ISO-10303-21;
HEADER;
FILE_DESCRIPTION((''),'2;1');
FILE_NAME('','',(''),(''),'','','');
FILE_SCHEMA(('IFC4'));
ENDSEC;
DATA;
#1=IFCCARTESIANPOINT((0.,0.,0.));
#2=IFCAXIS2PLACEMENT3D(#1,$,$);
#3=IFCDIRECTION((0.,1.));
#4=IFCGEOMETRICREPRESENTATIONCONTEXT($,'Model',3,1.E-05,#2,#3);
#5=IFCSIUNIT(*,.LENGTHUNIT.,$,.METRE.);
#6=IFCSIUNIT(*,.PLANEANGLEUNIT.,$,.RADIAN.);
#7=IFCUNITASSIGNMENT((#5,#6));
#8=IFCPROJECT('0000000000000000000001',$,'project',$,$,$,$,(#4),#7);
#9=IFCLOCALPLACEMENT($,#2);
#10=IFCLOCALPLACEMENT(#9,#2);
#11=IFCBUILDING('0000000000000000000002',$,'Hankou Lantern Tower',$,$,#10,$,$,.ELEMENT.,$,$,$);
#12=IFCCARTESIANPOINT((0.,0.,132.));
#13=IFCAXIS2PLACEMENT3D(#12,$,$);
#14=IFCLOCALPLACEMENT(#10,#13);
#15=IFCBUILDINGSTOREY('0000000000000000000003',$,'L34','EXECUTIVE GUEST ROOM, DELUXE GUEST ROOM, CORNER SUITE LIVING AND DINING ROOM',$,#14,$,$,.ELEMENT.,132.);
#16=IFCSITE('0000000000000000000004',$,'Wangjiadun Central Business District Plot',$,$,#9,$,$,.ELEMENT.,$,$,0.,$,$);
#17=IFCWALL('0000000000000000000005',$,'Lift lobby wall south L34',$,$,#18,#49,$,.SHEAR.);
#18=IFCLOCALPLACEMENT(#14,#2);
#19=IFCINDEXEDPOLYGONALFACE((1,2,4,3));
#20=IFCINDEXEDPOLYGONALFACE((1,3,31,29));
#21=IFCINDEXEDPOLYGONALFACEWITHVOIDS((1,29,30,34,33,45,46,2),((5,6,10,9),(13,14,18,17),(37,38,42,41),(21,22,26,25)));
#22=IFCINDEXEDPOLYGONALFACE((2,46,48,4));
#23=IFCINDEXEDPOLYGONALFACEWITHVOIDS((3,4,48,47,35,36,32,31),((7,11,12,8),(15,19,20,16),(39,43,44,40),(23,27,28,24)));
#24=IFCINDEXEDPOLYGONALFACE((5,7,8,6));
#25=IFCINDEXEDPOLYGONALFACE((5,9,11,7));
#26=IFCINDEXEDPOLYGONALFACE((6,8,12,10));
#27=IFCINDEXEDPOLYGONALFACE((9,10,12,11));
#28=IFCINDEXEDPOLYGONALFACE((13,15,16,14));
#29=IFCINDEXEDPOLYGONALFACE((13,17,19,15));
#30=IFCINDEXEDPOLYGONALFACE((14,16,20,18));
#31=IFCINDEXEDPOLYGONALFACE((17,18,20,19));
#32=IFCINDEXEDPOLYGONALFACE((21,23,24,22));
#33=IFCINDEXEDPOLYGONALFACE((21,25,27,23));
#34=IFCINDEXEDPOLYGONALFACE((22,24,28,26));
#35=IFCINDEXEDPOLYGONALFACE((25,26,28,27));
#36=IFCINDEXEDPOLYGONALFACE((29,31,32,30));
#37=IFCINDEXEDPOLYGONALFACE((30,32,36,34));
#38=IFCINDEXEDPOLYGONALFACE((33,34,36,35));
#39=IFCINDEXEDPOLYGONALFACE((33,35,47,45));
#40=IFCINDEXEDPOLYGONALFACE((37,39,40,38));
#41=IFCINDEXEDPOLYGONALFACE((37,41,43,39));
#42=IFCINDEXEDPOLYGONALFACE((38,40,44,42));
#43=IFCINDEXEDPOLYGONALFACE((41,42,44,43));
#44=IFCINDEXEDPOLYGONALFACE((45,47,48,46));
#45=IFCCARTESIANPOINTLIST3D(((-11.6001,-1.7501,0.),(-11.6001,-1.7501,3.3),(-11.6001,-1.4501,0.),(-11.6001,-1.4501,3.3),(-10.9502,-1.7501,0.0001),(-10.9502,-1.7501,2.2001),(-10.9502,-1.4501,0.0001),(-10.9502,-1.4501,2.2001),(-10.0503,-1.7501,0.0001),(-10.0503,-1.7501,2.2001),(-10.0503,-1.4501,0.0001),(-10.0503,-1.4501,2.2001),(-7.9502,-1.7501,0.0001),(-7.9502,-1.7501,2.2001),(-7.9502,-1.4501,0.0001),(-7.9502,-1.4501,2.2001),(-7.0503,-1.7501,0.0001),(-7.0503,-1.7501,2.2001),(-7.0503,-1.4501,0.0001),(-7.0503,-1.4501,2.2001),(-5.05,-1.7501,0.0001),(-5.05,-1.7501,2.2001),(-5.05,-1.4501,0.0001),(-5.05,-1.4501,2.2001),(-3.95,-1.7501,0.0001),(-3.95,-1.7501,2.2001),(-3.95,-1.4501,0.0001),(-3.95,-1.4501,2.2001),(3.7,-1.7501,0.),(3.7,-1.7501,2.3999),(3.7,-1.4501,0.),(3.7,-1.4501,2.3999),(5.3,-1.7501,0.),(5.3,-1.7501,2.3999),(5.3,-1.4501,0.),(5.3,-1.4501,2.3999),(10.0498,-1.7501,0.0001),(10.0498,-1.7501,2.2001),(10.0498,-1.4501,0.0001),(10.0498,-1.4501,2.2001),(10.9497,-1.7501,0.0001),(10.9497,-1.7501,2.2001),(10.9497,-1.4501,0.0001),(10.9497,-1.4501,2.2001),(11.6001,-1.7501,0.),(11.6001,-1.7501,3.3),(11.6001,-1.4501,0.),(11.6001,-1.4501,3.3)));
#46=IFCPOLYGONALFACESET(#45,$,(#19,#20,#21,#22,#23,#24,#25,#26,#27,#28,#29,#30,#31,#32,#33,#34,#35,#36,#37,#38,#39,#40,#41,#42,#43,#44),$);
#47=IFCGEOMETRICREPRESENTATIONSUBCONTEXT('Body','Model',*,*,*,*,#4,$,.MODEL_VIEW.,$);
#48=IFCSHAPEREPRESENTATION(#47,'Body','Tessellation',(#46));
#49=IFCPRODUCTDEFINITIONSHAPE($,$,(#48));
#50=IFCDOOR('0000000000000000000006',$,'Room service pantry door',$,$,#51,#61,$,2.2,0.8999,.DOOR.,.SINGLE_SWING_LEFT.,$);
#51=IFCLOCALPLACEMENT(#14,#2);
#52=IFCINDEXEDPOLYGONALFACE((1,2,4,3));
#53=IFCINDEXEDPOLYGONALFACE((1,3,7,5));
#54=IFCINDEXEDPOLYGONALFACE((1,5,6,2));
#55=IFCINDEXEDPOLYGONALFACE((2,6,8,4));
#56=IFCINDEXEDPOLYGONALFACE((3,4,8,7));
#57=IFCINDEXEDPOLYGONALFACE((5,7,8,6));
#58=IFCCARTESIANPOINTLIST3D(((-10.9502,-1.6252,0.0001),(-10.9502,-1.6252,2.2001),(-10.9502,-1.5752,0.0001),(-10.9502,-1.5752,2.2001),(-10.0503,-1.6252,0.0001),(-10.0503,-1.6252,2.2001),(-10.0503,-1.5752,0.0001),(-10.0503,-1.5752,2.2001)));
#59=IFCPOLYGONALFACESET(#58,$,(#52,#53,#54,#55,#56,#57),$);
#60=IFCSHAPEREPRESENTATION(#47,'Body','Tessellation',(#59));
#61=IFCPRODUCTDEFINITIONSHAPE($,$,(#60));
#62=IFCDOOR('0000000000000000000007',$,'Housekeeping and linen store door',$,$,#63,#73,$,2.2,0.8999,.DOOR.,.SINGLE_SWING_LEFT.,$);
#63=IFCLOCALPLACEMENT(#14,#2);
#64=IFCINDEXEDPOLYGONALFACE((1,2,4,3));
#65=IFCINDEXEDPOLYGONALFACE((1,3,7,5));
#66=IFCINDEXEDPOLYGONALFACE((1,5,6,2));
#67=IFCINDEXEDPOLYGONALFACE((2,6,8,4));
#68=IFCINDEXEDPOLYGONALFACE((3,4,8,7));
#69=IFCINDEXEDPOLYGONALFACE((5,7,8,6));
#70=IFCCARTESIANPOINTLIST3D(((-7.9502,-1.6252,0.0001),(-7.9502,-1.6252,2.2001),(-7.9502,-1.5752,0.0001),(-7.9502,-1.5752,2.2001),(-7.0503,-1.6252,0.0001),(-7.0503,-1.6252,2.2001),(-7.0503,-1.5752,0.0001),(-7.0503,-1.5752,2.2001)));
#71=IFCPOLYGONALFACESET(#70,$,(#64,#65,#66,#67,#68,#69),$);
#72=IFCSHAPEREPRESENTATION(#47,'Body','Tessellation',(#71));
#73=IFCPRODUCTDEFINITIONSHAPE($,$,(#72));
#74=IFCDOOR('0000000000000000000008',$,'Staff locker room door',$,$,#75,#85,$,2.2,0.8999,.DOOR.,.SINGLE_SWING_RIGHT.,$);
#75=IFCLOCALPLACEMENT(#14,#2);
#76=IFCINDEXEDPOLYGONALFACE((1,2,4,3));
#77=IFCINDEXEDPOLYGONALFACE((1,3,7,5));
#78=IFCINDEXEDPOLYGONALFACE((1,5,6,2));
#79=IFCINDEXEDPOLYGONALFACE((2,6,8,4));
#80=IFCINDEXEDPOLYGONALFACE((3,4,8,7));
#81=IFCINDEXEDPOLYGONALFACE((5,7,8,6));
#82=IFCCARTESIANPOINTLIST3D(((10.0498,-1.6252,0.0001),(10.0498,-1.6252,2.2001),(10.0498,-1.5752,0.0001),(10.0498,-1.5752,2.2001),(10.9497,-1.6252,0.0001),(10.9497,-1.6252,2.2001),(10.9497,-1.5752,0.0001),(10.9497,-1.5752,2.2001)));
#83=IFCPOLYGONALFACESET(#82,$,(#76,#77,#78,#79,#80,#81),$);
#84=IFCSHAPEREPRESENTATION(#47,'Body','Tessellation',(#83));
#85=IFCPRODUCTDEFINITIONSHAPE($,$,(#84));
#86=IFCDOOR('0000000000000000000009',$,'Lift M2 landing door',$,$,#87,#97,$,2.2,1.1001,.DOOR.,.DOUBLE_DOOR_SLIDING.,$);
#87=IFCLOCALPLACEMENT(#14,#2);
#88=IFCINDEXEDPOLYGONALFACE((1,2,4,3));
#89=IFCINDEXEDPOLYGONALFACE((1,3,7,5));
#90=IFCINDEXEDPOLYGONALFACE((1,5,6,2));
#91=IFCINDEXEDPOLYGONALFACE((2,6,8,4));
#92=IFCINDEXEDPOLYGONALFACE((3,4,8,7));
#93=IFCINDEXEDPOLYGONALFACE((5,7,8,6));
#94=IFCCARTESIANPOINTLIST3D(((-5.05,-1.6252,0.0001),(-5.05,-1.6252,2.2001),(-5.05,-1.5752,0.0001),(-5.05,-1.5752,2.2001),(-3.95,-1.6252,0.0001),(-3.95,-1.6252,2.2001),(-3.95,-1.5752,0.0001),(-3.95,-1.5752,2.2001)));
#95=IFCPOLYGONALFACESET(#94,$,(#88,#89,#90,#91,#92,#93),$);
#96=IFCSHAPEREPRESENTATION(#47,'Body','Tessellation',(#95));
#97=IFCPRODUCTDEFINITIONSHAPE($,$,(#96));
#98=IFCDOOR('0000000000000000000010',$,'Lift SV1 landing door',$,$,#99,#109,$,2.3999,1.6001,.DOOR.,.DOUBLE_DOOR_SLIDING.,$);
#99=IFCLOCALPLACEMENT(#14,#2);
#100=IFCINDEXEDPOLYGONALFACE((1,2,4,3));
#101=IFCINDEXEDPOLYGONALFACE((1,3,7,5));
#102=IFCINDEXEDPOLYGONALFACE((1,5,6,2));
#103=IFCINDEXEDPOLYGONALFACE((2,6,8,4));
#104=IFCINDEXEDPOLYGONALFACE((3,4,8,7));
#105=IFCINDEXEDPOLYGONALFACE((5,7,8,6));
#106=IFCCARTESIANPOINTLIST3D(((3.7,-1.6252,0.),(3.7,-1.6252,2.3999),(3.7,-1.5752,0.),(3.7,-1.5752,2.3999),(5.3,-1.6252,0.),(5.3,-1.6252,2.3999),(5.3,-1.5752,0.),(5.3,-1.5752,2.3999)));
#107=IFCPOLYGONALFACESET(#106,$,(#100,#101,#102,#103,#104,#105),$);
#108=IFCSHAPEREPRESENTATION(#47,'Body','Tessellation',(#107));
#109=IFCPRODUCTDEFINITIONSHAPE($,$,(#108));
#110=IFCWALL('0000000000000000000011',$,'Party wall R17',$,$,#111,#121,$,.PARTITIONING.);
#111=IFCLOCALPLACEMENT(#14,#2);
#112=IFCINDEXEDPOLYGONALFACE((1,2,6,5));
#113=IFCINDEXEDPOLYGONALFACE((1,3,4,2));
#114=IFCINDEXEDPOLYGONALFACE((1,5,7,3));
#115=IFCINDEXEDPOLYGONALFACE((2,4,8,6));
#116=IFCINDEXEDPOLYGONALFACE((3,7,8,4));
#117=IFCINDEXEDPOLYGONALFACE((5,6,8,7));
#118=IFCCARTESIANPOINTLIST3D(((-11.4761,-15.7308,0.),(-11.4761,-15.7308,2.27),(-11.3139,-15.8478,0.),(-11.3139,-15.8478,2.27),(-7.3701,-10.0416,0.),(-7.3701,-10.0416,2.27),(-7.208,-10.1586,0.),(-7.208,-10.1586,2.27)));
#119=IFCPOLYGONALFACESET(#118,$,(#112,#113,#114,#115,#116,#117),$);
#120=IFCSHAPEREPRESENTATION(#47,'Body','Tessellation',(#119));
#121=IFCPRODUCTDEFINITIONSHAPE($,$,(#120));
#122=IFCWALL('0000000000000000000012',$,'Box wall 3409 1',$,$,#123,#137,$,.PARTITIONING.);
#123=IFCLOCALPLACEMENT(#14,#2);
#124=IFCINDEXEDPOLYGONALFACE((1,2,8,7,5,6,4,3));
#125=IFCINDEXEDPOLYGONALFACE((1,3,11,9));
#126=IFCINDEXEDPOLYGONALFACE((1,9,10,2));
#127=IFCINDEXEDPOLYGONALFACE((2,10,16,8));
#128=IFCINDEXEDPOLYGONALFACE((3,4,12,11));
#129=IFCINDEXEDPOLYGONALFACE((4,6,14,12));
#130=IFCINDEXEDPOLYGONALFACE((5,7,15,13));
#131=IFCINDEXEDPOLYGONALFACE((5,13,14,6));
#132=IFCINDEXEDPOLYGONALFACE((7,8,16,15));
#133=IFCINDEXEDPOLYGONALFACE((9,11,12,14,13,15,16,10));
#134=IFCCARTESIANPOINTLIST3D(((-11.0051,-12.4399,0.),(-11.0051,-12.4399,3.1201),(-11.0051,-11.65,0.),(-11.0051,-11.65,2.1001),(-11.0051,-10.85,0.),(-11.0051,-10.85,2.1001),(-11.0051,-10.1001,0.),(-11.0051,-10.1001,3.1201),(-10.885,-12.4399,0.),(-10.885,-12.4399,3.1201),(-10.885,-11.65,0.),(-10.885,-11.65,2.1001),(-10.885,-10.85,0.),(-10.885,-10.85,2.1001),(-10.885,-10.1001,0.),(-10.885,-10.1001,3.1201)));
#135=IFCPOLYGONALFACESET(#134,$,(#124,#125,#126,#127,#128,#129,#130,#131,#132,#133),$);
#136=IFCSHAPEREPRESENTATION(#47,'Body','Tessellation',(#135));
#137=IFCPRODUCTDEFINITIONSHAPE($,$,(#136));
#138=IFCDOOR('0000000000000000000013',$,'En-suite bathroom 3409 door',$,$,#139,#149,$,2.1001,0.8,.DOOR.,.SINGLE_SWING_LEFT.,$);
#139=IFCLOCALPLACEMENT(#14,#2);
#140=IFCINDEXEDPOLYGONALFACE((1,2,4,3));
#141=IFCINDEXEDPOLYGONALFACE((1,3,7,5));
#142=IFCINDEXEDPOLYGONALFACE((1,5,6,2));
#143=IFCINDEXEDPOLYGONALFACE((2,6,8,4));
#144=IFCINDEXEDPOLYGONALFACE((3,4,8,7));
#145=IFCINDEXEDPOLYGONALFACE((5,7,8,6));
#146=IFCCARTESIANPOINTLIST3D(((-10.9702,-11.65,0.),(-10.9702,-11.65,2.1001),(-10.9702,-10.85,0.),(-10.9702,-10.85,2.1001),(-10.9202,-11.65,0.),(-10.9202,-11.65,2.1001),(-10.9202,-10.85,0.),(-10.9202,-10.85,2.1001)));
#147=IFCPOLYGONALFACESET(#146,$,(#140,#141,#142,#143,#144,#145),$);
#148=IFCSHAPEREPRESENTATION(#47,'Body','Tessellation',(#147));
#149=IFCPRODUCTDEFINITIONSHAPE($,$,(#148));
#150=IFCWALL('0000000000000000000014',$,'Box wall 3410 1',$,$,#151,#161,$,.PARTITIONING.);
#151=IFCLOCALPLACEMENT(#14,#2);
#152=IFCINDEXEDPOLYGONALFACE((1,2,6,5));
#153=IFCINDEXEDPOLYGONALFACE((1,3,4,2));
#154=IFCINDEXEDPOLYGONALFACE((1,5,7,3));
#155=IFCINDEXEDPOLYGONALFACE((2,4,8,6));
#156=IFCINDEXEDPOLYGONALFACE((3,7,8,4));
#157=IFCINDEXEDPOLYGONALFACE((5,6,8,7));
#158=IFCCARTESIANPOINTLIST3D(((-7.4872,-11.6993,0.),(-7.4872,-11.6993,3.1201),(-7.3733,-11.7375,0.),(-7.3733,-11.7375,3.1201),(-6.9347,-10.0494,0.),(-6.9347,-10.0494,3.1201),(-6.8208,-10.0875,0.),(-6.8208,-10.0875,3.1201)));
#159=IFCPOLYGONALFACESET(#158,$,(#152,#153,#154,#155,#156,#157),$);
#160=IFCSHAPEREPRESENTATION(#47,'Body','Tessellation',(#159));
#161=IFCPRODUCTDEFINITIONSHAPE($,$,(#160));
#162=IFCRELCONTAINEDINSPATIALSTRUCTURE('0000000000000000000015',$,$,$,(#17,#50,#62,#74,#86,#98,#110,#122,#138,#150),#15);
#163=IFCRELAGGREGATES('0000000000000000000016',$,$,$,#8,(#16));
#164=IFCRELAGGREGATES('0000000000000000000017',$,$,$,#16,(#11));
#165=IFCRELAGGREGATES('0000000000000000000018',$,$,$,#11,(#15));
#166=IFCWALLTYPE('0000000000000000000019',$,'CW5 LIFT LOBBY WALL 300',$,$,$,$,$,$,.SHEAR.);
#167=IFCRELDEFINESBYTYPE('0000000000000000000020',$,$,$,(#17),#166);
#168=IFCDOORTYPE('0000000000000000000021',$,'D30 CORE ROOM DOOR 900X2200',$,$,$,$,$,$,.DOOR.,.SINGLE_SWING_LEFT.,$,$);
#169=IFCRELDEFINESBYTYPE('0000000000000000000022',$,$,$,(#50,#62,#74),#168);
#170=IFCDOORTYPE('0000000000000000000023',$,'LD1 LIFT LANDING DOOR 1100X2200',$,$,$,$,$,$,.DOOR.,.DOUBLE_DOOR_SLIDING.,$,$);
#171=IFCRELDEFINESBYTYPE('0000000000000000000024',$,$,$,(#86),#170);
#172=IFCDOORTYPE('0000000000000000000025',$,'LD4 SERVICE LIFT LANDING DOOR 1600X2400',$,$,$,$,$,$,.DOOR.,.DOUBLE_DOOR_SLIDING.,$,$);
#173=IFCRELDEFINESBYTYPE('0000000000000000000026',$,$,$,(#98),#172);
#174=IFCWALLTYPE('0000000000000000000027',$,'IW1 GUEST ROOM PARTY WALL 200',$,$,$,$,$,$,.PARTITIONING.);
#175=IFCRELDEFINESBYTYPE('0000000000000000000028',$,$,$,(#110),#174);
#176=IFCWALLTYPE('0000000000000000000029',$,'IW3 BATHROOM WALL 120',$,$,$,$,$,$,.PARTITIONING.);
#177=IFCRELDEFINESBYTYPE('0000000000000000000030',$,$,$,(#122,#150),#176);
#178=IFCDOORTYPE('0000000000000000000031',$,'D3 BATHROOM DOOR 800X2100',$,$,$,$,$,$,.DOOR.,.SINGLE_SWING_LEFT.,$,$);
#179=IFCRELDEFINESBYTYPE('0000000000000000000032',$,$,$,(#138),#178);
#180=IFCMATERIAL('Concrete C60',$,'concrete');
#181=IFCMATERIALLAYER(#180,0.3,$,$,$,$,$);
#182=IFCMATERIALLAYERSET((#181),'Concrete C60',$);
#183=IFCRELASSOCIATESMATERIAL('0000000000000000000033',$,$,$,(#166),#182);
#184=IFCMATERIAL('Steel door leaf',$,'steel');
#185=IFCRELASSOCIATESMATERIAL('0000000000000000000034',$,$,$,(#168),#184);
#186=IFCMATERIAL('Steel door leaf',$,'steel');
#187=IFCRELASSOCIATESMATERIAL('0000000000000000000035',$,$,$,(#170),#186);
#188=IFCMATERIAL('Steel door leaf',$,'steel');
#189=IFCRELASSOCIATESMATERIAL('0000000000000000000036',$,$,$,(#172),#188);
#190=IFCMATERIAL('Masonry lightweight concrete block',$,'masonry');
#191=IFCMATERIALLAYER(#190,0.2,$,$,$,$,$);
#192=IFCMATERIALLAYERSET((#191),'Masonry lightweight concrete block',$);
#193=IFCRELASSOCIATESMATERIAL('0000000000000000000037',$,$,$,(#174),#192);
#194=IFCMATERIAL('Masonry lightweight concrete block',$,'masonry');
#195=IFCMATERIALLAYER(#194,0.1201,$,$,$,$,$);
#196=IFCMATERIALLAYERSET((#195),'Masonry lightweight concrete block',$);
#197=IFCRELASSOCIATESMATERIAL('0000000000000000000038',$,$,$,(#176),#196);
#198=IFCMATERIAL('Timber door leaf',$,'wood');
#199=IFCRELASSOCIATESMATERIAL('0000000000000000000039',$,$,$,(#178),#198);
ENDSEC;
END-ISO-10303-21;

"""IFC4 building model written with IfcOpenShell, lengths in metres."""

from ifc_helpers import new_model, si_unit, direction, frame, frame_2d, origin, place, context, subcontext, project, spatial, rectangle, extrude, material, layer, layer_set, type_object, element, fill, save


model = new_model("IFC4")

# Units and contexts
model_context = context("Model", 3, precision=1e-05, world=origin(), true_north=direction((0.0, 1.0)))
body_context = subcontext(model_context, "Body", "Model", "MODEL_VIEW")
ifc_project = project(units=[si_unit("LENGTHUNIT", "METRE"), si_unit("PLANEANGLEUNIT", "RADIAN")], contexts=[model_context])

# Site, building, storey
site_placement = place(None, origin())
site = spatial("IfcSite", under=ifc_project, at=site_placement, Name="Wangjiadun Central Business District Plot", CompositionType="ELEMENT", RefElevation=0.0)
building_placement = place(site_placement, origin())
building = spatial("IfcBuilding", under=site, at=building_placement, Name="Hankou Lantern Tower", CompositionType="ELEMENT")
storey_placement = place(building_placement, frame((0.0, 0.0, 132.0)))
storey = spatial("IfcBuildingStorey", under=building, at=storey_placement, Name="L34", Description="EXECUTIVE GUEST ROOM, DELUXE GUEST ROOM, CORNER SUITE LIVING AND DINING ROOM", CompositionType="ELEMENT", Elevation=132.0)

# Wall, openings, doors
ifc_material_1 = material(Name="Concrete C60", Category="concrete")
ifc_layer_1 = layer(ifc_material_1, 0.3)
ifc_layer_set_1 = layer_set([ifc_layer_1], Name="Concrete C60")
wall_type_1 = type_object("IfcWallType", Name="CW5 LIFT LOBBY WALL 300", PredefinedType="SHEAR", material=ifc_layer_set_1)
wall_1_placement = place(storey_placement, frame((-11.6001, -1.6001, 0.0), z_axis=(0.0, 0.0, 1.0), x_axis=(1.0, 0.0, 0.0)))
wall_1 = element("IfcWall", 1, at=wall_1_placement, inside=storey, type_object=wall_type_1, Name="Lift lobby wall south L34", PredefinedType="SHEAR", context=body_context, shape_type="SweptSolid", body=[
    extrude(rectangle(XDim=23.2002, YDim=0.3, at=frame_2d((11.6001, 0.0))), origin(), (0.0, 0.0, 1.0), 3.3),
])
opening_1_placement = place(wall_1_placement, frame((6.55, 0.0, 0.0)))
opening_1 = element("IfcOpeningElement", 2, at=opening_1_placement, cuts=wall_1, PredefinedType="OPENING", context=body_context, shape_type="SweptSolid", body=[
    extrude(rectangle(XDim=1.1001, YDim=2.2, at=frame_2d((0.55, 1.1001))), frame((0.0, 0.1599, 0.0), z_axis=(0.0, -1.0, 0.0), x_axis=(1.0, 0.0, 0.0)), (0.0, 0.0, 1.0), 0.3201),
])
opening_2_placement = place(wall_1_placement, frame((15.3, 0.0, 0.0)))
opening_2 = element("IfcOpeningElement", 3, at=opening_2_placement, cuts=wall_1, PredefinedType="OPENING", context=body_context, shape_type="SweptSolid", body=[
    extrude(rectangle(XDim=1.6001, YDim=2.3999, at=frame_2d((0.8, 1.2))), frame((0.0, 0.1599, 0.0), z_axis=(0.0, -1.0, 0.0), x_axis=(1.0, 0.0, 0.0)), (0.0, 0.0, 1.0), 0.3201),
])
opening_3_placement = place(wall_1_placement, frame((0.6499, 0.0, 0.0)))
opening_3 = element("IfcOpeningElement", 4, at=opening_3_placement, cuts=wall_1, PredefinedType="OPENING", context=body_context, shape_type="SweptSolid", body=[
    extrude(rectangle(XDim=0.8999, YDim=2.2, at=frame_2d((0.45, 1.1001))), frame((0.0, 0.1599, 0.0), z_axis=(0.0, -1.0, 0.0), x_axis=(1.0, 0.0, 0.0)), (0.0, 0.0, 1.0), 0.3201),
])
opening_4_placement = place(wall_1_placement, frame((3.6499, 0.0, 0.0)))
opening_4 = element("IfcOpeningElement", 5, at=opening_4_placement, cuts=wall_1, PredefinedType="OPENING", context=body_context, shape_type="SweptSolid", body=[
    extrude(rectangle(XDim=0.8999, YDim=2.2, at=frame_2d((0.45, 1.1001))), frame((0.0, 0.1599, 0.0), z_axis=(0.0, -1.0, 0.0), x_axis=(1.0, 0.0, 0.0)), (0.0, 0.0, 1.0), 0.3201),
])
opening_5_placement = place(wall_1_placement, frame((21.6499, 0.0, 0.0)))
opening_5 = element("IfcOpeningElement", 6, at=opening_5_placement, cuts=wall_1, PredefinedType="OPENING", context=body_context, shape_type="SweptSolid", body=[
    extrude(rectangle(XDim=0.8999, YDim=2.2, at=frame_2d((0.45, 1.1001))), frame((0.0, 0.1599, 0.0), z_axis=(0.0, -1.0, 0.0), x_axis=(1.0, 0.0, 0.0)), (0.0, 0.0, 1.0), 0.3201),
])
ifc_material_2 = material(Name="Steel door leaf", Category="steel")
door_type_1 = type_object("IfcDoorType", Name="D30 CORE ROOM DOOR 900X2200", OperationType="SINGLE_SWING_LEFT", PredefinedType="DOOR", material=ifc_material_2)
door_1_placement = place(opening_3_placement, origin())
door_1 = element("IfcDoor", 7, at=door_1_placement, inside=storey, type_object=door_type_1, Name="Room service pantry door", OperationType="SINGLE_SWING_LEFT", OverallHeight=2.2, OverallWidth=0.8999, PredefinedType="DOOR", context=body_context, shape_type="SweptSolid", body=[
    extrude(rectangle(XDim=0.8999, YDim=2.2, at=frame_2d((0.45, 1.1001))), frame((0.0, 0.0249, 0.0), z_axis=(0.0, -1.0, 0.0), x_axis=(1.0, 0.0, 0.0)), (0.0, 0.0, 1.0), 0.05),
])
fill(opening_3, door_1)
door_2_placement = place(opening_4_placement, origin())
door_2 = element("IfcDoor", 8, at=door_2_placement, inside=storey, type_object=door_type_1, Name="Housekeeping and linen store door", OperationType="SINGLE_SWING_LEFT", OverallHeight=2.2, OverallWidth=0.8999, PredefinedType="DOOR", context=body_context, shape_type="SweptSolid", body=[
    extrude(rectangle(XDim=0.8999, YDim=2.2, at=frame_2d((0.45, 1.1001))), frame((0.0, 0.0249, 0.0), z_axis=(0.0, -1.0, 0.0), x_axis=(1.0, 0.0, 0.0)), (0.0, 0.0, 1.0), 0.05),
])
fill(opening_4, door_2)
door_3_placement = place(opening_5_placement, origin())
door_3 = element("IfcDoor", 9, at=door_3_placement, inside=storey, type_object=door_type_1, Name="Staff locker room door", OperationType="SINGLE_SWING_RIGHT", OverallHeight=2.2, OverallWidth=0.8999, PredefinedType="DOOR", context=body_context, shape_type="SweptSolid", body=[
    extrude(rectangle(XDim=0.8999, YDim=2.2, at=frame_2d((0.45, 1.1001))), frame((0.0, 0.0249, 0.0), z_axis=(0.0, -1.0, 0.0), x_axis=(1.0, 0.0, 0.0)), (0.0, 0.0, 1.0), 0.05),
])
fill(opening_5, door_3)
ifc_material_3 = material(Name="Steel door leaf", Category="steel")
door_type_2 = type_object("IfcDoorType", Name="LD1 LIFT LANDING DOOR 1100X2200", OperationType="DOUBLE_DOOR_SLIDING", PredefinedType="DOOR", material=ifc_material_3)
door_4_placement = place(opening_1_placement, origin())
door_4 = element("IfcDoor", 10, at=door_4_placement, inside=storey, type_object=door_type_2, Name="Lift M2 landing door", OperationType="DOUBLE_DOOR_SLIDING", OverallHeight=2.2, OverallWidth=1.1001, PredefinedType="DOOR", context=body_context, shape_type="SweptSolid", body=[
    extrude(rectangle(XDim=1.1001, YDim=2.2, at=frame_2d((0.55, 1.1001))), frame((0.0, 0.0249, 0.0), z_axis=(0.0, -1.0, 0.0), x_axis=(1.0, 0.0, 0.0)), (0.0, 0.0, 1.0), 0.05),
])
fill(opening_1, door_4)
ifc_material_4 = material(Name="Steel door leaf", Category="steel")
door_type_3 = type_object("IfcDoorType", Name="LD4 SERVICE LIFT LANDING DOOR 1600X2400", OperationType="DOUBLE_DOOR_SLIDING", PredefinedType="DOOR", material=ifc_material_4)
door_5_placement = place(opening_2_placement, origin())
door_5 = element("IfcDoor", 11, at=door_5_placement, inside=storey, type_object=door_type_3, Name="Lift SV1 landing door", OperationType="DOUBLE_DOOR_SLIDING", OverallHeight=2.3999, OverallWidth=1.6001, PredefinedType="DOOR", context=body_context, shape_type="SweptSolid", body=[
    extrude(rectangle(XDim=1.6001, YDim=2.3999, at=frame_2d((0.8, 1.2))), frame((0.0, 0.0249, 0.0), z_axis=(0.0, -1.0, 0.0), x_axis=(1.0, 0.0, 0.0)), (0.0, 0.0, 1.0), 0.05),
])
fill(opening_2, door_5)

# Wall
ifc_material_5 = material(Name="Masonry lightweight concrete block", Category="masonry")
ifc_layer_2 = layer(ifc_material_5, 0.2)
ifc_layer_set_2 = layer_set([ifc_layer_2], Name="Masonry lightweight concrete block")
wall_type_2 = type_object("IfcWallType", Name="IW1 GUEST ROOM PARTY WALL 200", PredefinedType="PARTITIONING", material=ifc_layer_set_2)
wall_2_placement = place(storey_placement, frame((-7.2891, -10.1001, 0.0), z_axis=(0.0, 0.0, 1.0), x_axis=(-0.585217, -0.810876, 0.0)))
element("IfcWall", 12, at=wall_2_placement, inside=storey, type_object=wall_type_2, Name="Party wall R17", PredefinedType="PARTITIONING", context=body_context, shape_type="SweptSolid", body=[
    extrude(rectangle(XDim=7.0161, YDim=0.2, at=frame_2d((3.5081, 0.0))), origin(), (0.0, 0.0, 1.0), 2.27),
])

# Wall, opening, door
ifc_material_6 = material(Name="Masonry lightweight concrete block", Category="masonry")
ifc_layer_3 = layer(ifc_material_6, 0.1201)
ifc_layer_set_3 = layer_set([ifc_layer_3], Name="Masonry lightweight concrete block")
wall_type_3 = type_object("IfcWallType", Name="IW3 BATHROOM WALL 120", PredefinedType="PARTITIONING", material=ifc_layer_set_3)
wall_3_placement = place(storey_placement, frame((-10.9451, -10.1001, 0.0), z_axis=(0.0, 0.0, 1.0), x_axis=(0.0, -1.0, 0.0)))
wall_3 = element("IfcWall", 13, at=wall_3_placement, inside=storey, type_object=wall_type_3, Name="Box wall 3409 1", PredefinedType="PARTITIONING", context=body_context, shape_type="SweptSolid", body=[
    extrude(rectangle(XDim=2.3398, YDim=0.1201, at=frame_2d((1.1699, 0.0))), origin(), (0.0, 0.0, 1.0), 3.1201),
])
opening_6_placement = place(wall_3_placement, frame((0.75, 0.0, 0.0)))
opening_6 = element("IfcOpeningElement", 14, at=opening_6_placement, cuts=wall_3, PredefinedType="OPENING", context=body_context, shape_type="SweptSolid", body=[
    extrude(rectangle(XDim=0.8, YDim=2.1001, at=frame_2d((0.3999, 1.05))), frame((0.0, 0.0701, 0.0), z_axis=(0.0, -1.0, 0.0), x_axis=(1.0, 0.0, 0.0)), (0.0, 0.0, 1.0), 0.1401),
])
ifc_material_7 = material(Name="Timber door leaf", Category="wood")
door_type_4 = type_object("IfcDoorType", Name="D3 BATHROOM DOOR 800X2100", OperationType="SINGLE_SWING_LEFT", PredefinedType="DOOR", material=ifc_material_7)
door_6_placement = place(opening_6_placement, origin())
door_6 = element("IfcDoor", 15, at=door_6_placement, inside=storey, type_object=door_type_4, Name="En-suite bathroom 3409 door", OperationType="SINGLE_SWING_LEFT", OverallHeight=2.1001, OverallWidth=0.8, PredefinedType="DOOR", context=body_context, shape_type="SweptSolid", body=[
    extrude(rectangle(XDim=0.8, YDim=2.1001, at=frame_2d((0.3999, 1.05))), frame((0.0, 0.0249, 0.0), z_axis=(0.0, -1.0, 0.0), x_axis=(1.0, 0.0, 0.0)), (0.0, 0.0, 1.0), 0.05),
])
fill(opening_6, door_6)

# Wall
wall_4_placement = place(storey_placement, frame((-6.8777, -10.0684, 0.0), z_axis=(0.0, 0.0, 1.0), x_axis=(-0.317532, -0.948247, 0.0)))
element("IfcWall", 16, at=wall_4_placement, inside=storey, type_object=wall_type_3, Name="Box wall 3410 1", PredefinedType="PARTITIONING", context=body_context, shape_type="SweptSolid", body=[
    extrude(rectangle(XDim=1.74, YDim=0.1201, at=frame_2d((0.8701, 0.0))), origin(), (0.0, 0.0, 1.0), 3.1201),
])

save(model, "model.ifc")
